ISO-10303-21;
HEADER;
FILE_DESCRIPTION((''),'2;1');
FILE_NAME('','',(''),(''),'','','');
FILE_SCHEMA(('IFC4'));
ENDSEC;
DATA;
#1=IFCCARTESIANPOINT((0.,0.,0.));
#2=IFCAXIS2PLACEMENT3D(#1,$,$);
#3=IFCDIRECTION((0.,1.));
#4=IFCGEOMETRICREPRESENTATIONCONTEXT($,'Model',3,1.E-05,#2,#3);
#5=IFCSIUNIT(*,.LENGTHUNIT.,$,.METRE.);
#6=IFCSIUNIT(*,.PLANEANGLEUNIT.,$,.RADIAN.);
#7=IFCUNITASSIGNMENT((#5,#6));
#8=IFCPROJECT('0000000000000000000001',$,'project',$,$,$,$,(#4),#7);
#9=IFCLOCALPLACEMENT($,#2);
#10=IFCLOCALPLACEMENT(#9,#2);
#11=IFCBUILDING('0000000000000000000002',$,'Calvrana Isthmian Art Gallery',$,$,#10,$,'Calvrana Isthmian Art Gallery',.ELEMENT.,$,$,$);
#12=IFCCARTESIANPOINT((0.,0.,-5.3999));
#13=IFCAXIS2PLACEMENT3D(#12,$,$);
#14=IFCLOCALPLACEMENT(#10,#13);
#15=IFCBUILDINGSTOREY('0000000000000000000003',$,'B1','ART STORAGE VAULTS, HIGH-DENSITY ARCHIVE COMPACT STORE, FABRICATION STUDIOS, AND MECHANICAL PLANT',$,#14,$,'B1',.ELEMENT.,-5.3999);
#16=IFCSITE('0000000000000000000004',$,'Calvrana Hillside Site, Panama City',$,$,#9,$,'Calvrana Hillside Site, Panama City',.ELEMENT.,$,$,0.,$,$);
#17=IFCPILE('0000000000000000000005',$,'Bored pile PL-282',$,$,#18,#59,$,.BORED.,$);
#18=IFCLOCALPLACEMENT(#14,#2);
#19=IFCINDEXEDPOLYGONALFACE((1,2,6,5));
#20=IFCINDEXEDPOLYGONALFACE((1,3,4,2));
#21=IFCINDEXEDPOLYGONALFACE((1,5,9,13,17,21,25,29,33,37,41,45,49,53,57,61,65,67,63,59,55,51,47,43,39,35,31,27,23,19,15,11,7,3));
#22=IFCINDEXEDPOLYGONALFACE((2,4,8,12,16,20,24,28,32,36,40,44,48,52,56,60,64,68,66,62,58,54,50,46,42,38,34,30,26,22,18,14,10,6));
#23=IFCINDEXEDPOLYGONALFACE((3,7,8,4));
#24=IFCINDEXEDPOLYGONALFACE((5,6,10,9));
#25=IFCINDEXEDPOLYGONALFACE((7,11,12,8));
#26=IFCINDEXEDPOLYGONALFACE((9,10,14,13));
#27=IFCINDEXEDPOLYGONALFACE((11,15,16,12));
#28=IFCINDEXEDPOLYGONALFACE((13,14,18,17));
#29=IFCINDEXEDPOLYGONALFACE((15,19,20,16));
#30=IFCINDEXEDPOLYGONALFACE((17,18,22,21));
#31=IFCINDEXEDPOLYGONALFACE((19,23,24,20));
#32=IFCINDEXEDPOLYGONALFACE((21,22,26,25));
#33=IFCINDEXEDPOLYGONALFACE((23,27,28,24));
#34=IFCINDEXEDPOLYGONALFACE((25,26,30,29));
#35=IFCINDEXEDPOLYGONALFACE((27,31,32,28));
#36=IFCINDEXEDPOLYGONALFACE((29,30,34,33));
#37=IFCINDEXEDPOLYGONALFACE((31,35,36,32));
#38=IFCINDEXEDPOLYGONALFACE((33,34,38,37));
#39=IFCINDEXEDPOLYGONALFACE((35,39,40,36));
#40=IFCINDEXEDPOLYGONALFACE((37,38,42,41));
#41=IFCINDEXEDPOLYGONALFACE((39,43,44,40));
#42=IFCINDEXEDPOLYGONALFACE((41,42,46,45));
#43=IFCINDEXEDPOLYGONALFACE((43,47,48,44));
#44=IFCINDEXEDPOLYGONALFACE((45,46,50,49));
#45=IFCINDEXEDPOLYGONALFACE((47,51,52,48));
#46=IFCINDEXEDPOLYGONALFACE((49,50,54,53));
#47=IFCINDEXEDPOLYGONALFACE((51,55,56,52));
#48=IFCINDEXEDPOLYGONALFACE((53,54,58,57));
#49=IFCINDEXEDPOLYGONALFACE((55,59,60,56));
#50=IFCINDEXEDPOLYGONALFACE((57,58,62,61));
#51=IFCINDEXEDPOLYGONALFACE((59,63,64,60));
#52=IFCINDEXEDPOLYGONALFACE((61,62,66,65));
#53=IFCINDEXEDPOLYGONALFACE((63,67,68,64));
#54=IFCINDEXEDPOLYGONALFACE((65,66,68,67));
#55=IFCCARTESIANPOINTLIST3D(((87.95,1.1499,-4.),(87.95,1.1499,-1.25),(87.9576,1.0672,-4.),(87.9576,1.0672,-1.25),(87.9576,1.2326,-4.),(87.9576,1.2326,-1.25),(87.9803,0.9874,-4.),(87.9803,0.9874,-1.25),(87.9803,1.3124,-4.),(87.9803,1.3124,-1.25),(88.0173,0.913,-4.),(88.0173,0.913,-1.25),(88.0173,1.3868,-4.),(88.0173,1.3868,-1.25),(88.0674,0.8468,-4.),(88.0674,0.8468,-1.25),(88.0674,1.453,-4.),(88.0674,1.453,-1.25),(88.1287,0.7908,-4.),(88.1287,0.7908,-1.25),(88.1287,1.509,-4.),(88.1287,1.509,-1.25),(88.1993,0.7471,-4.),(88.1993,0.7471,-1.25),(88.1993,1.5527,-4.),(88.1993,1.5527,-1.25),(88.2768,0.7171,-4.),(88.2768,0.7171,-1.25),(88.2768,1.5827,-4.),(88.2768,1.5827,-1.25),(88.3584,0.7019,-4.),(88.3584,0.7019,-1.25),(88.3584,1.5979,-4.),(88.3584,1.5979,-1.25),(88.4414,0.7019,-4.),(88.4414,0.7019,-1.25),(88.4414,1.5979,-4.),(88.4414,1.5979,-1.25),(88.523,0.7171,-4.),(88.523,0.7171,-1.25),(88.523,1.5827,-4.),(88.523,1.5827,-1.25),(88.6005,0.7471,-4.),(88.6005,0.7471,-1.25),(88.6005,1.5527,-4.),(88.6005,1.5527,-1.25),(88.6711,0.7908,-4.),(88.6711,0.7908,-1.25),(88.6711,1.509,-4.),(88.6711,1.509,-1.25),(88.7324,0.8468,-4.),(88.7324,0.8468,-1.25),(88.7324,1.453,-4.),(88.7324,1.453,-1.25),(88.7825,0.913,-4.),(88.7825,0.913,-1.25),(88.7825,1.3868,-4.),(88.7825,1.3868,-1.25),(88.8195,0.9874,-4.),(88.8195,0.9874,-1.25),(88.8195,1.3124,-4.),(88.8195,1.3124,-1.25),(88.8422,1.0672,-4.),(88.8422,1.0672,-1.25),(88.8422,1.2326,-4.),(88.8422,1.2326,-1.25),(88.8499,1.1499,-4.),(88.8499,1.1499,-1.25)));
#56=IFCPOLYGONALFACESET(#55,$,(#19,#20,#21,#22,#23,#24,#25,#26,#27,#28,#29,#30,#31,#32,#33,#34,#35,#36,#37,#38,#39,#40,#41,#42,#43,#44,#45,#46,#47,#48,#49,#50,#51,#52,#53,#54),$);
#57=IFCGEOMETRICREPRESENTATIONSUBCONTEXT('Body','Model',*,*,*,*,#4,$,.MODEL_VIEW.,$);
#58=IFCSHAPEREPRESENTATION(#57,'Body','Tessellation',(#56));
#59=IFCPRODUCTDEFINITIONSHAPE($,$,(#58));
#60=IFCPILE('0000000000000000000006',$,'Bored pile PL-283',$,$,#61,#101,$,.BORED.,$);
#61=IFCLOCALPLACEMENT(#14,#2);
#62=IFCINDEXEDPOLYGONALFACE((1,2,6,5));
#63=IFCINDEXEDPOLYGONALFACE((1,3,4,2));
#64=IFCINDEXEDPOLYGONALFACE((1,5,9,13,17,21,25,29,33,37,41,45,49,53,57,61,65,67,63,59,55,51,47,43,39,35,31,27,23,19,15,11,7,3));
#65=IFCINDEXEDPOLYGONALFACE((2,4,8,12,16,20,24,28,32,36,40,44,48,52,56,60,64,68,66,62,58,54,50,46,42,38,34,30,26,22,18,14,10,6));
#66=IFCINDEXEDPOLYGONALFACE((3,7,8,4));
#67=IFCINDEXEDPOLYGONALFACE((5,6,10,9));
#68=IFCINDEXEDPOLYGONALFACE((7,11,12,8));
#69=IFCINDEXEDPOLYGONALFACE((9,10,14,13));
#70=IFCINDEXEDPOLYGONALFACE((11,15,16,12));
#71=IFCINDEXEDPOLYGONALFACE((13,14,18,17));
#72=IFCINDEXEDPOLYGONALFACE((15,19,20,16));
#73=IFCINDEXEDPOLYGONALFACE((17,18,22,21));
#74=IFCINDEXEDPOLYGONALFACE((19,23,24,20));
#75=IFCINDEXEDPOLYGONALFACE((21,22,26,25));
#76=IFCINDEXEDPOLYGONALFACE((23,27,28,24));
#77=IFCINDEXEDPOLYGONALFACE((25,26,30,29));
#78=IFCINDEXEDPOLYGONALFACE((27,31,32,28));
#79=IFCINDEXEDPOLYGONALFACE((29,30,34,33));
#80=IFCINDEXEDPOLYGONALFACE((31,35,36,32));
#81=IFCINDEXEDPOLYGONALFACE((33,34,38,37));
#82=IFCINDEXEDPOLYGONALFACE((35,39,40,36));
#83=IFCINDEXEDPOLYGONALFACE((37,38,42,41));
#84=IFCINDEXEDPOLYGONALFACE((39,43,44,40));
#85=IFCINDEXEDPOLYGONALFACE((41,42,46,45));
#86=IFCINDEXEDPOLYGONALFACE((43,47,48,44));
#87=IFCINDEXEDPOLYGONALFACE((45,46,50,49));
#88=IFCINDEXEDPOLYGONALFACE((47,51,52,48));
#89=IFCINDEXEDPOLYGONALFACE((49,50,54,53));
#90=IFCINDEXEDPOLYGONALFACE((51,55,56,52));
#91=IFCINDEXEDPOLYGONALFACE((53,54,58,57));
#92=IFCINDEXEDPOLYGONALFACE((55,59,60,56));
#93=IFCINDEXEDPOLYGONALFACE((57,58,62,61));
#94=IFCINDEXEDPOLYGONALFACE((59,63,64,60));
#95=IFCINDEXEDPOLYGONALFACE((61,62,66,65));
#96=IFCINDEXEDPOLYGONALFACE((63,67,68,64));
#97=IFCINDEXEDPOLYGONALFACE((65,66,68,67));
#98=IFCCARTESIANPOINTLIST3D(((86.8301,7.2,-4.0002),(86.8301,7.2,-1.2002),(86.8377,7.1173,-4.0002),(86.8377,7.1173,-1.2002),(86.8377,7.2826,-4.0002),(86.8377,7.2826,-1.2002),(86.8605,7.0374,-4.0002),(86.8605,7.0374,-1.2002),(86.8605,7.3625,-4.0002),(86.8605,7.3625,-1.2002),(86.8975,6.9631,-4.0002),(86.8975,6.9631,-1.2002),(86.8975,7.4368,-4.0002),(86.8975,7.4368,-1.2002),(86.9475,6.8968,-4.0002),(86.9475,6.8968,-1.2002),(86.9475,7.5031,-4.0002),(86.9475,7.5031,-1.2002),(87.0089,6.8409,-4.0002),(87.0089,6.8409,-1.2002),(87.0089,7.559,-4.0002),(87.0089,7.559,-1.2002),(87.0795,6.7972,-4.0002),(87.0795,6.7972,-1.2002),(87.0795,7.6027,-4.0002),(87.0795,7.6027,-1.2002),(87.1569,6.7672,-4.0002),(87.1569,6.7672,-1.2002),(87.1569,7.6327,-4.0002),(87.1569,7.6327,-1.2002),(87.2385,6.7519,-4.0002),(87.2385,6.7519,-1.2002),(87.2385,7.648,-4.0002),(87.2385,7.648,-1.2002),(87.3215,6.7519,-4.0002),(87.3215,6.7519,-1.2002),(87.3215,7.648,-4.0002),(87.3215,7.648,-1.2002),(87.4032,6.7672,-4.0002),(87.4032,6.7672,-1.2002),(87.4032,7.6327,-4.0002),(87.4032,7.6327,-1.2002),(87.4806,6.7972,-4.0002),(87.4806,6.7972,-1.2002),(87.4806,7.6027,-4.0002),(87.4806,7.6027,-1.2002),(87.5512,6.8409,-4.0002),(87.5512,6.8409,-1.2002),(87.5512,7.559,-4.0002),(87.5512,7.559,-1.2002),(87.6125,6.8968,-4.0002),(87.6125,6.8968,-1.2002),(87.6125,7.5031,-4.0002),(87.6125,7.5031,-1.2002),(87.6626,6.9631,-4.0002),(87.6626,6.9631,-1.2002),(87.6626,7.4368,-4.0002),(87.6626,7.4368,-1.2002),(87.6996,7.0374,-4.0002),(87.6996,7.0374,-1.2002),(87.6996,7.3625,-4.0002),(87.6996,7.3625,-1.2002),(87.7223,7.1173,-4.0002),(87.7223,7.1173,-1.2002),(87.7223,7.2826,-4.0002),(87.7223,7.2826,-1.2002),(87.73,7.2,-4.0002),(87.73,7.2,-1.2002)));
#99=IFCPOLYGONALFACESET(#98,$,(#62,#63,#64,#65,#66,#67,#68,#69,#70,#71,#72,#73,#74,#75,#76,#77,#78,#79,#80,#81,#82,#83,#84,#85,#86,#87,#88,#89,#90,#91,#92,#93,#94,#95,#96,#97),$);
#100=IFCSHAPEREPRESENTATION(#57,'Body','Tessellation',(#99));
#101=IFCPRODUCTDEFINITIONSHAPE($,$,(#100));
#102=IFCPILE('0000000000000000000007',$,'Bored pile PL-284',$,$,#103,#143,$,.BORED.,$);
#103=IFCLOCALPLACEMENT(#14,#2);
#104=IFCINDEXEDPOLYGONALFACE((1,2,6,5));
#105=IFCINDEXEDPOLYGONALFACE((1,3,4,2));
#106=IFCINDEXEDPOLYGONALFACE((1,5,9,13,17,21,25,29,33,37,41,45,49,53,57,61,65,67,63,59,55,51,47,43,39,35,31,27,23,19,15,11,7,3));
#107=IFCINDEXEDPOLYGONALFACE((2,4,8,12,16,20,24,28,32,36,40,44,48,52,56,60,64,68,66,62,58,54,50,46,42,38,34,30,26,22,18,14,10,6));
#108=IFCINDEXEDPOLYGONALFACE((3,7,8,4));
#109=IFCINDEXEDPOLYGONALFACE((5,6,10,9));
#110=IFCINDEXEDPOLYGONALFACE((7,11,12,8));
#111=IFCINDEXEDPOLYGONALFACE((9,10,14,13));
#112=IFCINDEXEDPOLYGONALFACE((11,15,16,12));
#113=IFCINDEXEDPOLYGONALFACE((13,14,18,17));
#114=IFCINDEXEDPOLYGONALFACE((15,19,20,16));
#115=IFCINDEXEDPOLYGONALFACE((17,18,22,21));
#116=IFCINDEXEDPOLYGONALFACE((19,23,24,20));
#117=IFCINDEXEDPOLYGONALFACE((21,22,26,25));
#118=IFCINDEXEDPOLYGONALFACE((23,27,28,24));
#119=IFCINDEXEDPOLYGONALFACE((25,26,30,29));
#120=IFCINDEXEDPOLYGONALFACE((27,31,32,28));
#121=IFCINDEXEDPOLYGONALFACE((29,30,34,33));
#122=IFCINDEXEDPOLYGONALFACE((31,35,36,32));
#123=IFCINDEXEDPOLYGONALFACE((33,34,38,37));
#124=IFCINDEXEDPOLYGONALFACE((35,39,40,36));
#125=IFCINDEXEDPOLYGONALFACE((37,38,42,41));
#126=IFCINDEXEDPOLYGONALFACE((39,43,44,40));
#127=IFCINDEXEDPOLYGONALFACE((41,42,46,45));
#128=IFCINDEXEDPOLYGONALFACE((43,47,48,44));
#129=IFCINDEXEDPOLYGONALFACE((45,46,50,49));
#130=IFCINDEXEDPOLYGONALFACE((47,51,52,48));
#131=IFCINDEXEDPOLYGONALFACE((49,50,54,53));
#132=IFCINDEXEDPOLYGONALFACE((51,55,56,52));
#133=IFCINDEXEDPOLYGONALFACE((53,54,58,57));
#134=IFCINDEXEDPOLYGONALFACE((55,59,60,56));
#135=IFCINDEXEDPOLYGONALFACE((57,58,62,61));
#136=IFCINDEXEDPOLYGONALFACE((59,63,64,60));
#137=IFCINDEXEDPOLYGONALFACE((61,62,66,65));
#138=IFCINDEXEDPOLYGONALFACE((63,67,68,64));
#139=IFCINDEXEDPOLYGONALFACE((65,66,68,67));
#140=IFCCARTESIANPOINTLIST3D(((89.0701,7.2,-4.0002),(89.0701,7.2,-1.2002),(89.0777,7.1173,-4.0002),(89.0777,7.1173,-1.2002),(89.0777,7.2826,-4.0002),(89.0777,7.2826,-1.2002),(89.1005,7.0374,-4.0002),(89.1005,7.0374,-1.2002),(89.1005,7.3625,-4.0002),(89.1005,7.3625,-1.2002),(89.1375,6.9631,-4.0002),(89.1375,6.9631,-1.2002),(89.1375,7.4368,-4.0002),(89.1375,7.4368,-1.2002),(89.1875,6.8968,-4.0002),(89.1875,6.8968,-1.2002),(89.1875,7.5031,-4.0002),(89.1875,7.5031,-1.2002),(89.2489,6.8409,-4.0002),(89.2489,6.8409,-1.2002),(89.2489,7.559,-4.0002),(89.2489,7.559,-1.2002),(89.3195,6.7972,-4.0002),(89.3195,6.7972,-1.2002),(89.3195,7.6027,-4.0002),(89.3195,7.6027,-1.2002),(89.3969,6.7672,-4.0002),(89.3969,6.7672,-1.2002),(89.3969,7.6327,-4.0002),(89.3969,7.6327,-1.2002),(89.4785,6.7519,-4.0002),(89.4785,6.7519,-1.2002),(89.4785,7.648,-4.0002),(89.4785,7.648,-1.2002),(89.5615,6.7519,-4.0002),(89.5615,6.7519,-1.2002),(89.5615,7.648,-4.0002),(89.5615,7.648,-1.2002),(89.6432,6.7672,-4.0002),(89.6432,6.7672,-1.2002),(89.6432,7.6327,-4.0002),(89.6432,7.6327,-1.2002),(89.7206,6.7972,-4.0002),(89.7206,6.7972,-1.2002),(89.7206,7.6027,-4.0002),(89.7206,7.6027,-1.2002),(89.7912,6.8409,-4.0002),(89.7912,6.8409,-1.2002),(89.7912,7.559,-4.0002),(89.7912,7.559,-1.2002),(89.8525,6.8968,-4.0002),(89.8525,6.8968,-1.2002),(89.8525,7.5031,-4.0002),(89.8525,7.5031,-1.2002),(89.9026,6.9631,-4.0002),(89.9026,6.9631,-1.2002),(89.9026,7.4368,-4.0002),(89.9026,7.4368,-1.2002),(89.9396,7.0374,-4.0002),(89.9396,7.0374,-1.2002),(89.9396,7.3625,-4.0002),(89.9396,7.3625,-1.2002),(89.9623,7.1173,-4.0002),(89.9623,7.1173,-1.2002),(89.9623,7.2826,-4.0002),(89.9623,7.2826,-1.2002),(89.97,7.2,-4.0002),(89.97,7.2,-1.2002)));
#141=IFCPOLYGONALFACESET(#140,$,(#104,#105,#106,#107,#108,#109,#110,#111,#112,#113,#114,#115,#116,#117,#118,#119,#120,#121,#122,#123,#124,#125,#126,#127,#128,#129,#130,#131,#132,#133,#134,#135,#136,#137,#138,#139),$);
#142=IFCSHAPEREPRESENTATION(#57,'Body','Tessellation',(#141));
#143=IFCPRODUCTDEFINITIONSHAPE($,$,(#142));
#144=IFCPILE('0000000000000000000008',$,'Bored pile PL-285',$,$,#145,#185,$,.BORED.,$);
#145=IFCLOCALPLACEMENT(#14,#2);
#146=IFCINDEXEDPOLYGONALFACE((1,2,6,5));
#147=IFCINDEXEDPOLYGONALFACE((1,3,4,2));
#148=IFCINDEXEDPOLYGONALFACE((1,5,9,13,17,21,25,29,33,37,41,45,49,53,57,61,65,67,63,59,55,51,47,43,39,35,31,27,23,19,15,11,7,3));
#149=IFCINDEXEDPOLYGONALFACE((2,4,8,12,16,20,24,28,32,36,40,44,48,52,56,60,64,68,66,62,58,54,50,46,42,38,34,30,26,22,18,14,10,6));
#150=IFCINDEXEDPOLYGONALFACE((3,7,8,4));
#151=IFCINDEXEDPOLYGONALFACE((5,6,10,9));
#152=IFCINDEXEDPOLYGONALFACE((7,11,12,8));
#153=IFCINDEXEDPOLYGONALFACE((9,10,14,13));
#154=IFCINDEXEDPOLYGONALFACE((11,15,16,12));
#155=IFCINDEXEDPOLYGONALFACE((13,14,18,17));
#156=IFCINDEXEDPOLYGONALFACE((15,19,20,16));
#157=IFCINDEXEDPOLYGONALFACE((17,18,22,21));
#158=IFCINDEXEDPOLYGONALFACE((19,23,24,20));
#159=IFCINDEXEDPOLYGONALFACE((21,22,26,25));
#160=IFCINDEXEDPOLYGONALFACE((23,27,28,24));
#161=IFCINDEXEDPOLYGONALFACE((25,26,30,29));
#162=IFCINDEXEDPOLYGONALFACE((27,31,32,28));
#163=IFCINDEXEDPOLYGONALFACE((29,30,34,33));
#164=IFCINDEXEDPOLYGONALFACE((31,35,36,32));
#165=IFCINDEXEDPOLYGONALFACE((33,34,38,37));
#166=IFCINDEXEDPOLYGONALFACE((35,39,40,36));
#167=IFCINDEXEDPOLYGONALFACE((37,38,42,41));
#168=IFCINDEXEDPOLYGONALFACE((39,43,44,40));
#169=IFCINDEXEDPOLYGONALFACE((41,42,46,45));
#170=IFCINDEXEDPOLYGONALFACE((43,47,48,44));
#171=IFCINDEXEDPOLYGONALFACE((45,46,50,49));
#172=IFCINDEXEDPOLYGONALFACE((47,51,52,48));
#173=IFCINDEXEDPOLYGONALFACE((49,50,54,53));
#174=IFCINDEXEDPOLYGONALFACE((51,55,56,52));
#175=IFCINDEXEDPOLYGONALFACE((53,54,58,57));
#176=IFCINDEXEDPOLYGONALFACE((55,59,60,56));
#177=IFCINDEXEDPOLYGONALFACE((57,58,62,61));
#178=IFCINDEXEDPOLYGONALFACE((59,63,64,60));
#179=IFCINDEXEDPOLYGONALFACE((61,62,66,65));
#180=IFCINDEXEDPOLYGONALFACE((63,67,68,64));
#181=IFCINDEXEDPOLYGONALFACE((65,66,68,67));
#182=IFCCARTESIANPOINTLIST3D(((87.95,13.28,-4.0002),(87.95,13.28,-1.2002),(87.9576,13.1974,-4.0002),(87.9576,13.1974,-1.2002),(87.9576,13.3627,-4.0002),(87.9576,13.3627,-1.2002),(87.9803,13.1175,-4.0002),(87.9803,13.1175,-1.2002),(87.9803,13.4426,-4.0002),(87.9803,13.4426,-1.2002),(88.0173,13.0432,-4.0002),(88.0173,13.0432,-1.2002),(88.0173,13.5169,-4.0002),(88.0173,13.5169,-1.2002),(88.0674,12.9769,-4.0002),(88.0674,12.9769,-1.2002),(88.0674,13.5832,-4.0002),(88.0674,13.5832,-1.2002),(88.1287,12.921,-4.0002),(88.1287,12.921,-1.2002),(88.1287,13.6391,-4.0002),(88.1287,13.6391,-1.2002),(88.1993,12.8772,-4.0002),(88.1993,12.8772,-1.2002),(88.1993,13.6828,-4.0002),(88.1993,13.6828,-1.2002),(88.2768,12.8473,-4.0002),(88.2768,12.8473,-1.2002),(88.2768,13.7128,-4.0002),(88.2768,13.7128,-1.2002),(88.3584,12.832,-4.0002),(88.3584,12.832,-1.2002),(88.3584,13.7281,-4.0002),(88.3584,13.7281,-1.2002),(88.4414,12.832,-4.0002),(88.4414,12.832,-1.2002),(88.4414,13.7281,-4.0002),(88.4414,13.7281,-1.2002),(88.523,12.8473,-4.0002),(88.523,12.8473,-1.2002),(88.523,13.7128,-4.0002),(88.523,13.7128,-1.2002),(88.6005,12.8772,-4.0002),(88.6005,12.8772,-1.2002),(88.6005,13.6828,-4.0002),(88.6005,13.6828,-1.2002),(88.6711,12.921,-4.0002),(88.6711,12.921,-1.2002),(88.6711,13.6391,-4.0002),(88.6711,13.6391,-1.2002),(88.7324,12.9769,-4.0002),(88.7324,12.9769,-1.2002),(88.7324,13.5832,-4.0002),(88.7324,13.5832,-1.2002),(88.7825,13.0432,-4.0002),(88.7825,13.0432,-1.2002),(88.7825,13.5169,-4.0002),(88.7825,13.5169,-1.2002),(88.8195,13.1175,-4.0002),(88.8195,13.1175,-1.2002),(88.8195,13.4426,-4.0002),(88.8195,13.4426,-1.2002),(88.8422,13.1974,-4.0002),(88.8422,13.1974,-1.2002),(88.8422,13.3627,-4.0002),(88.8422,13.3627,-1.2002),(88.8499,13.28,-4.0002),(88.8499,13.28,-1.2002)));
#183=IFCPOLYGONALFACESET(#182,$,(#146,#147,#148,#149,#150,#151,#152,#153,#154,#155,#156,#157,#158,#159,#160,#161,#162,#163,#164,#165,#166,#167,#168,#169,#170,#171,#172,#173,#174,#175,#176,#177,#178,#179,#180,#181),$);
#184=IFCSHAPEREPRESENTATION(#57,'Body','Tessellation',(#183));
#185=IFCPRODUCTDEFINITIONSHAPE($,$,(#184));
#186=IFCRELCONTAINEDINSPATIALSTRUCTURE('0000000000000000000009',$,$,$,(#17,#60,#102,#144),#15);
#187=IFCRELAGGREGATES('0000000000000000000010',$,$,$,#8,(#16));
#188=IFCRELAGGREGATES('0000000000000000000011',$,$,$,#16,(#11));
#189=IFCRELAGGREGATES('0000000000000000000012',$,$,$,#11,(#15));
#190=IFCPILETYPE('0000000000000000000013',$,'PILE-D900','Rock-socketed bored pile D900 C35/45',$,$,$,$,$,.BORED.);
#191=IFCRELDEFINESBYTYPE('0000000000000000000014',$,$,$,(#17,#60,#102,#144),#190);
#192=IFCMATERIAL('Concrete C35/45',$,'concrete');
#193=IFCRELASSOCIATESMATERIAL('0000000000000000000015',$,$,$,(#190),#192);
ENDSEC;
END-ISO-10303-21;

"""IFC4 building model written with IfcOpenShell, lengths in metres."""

from ifc_helpers import new_model, si_unit, direction, frame, origin, origin_2d, place, context, subcontext, project, spatial, circle, extrude, material, material_profile, profile_set, type_object, element, save


model = new_model("IFC4")

# Units and contexts
model_context = context("Model", 3, precision=1e-05, world=origin(), true_north=direction((0.0, 1.0)))
body_context = subcontext(model_context, "Body", "Model", "MODEL_VIEW")
ifc_project = project(units=[si_unit("LENGTHUNIT", "METRE"), si_unit("PLANEANGLEUNIT", "RADIAN")], contexts=[model_context])

# Site, building, storey
site_placement = place(None, origin())
site = spatial("IfcSite", under=ifc_project, at=site_placement, Name="Calvrana Hillside Site, Panama City", LongName="Calvrana Hillside Site, Panama City", CompositionType="ELEMENT", RefElevation=0.0)
building_placement = place(site_placement, origin())
building = spatial("IfcBuilding", under=site, at=building_placement, Name="Calvrana Isthmian Art Gallery", LongName="Calvrana Isthmian Art Gallery", CompositionType="ELEMENT")
storey_placement = place(building_placement, frame((0.0, 0.0, -5.3999)))
storey = spatial("IfcBuildingStorey", under=building, at=storey_placement, Name="B1", Description="ART STORAGE VAULTS, HIGH-DENSITY ARCHIVE COMPACT STORE, FABRICATION STUDIOS, AND MECHANICAL PLANT", LongName="B1", CompositionType="ELEMENT", Elevation=-5.3999)

# Shared definitions
ifc_material_1 = material(Name="Concrete C35/45", Category="concrete")

# Piles
ifc_material_profile_1 = material_profile(ifc_material_1, circle(Radius=0.45, at=origin_2d()), Name="PILE900D")
ifc_profile_set_1 = profile_set([ifc_material_profile_1], Name="Concrete C35/45")
pile_type_1 = type_object("IfcPileType", Name="PILE-D900", Description="Rock-socketed bored pile D900 C35/45", PredefinedType="BORED", material=ifc_profile_set_1)
for number, where, z_axis, x_axis, name in (
    (1, (88.3999, 1.1499, -1.25), (0.0, 0.0, -1.0), (1.0, 0.0, 0.0), "Bored pile PL-282"),
):
    element("IfcPile", number, at=place(storey_placement, frame(where, z_axis=z_axis, x_axis=x_axis)), inside=storey, type_object=pile_type_1, Name=name, PredefinedType="BORED", context=body_context, shape_type="SweptSolid", body=[
        extrude(circle(Radius=0.45, at=origin_2d()), origin(), (0.0, 0.0, 1.0), 2.75),
    ])
for number, where, z_axis, x_axis, name in (
    (2, (87.28, 7.2, -1.2002), (0.0, 0.0, -1.0), (1.0, 0.0, 0.0), "Bored pile PL-283"),
    (3, (89.52, 7.2, -1.2002), (0.0, 0.0, -1.0), (1.0, 0.0, 0.0), "Bored pile PL-284"),
    (4, (88.3999, 13.28, -1.2002), (0.0, 0.0, -1.0), (1.0, 0.0, 0.0), "Bored pile PL-285"),
):
    element("IfcPile", number, at=place(storey_placement, frame(where, z_axis=z_axis, x_axis=x_axis)), inside=storey, type_object=pile_type_1, Name=name, PredefinedType="BORED", context=body_context, shape_type="SweptSolid", body=[
        extrude(circle(Radius=0.45, at=origin_2d()), origin(), (0.0, 0.0, 1.0), 2.8),
    ])

save(model, "model.ifc")
